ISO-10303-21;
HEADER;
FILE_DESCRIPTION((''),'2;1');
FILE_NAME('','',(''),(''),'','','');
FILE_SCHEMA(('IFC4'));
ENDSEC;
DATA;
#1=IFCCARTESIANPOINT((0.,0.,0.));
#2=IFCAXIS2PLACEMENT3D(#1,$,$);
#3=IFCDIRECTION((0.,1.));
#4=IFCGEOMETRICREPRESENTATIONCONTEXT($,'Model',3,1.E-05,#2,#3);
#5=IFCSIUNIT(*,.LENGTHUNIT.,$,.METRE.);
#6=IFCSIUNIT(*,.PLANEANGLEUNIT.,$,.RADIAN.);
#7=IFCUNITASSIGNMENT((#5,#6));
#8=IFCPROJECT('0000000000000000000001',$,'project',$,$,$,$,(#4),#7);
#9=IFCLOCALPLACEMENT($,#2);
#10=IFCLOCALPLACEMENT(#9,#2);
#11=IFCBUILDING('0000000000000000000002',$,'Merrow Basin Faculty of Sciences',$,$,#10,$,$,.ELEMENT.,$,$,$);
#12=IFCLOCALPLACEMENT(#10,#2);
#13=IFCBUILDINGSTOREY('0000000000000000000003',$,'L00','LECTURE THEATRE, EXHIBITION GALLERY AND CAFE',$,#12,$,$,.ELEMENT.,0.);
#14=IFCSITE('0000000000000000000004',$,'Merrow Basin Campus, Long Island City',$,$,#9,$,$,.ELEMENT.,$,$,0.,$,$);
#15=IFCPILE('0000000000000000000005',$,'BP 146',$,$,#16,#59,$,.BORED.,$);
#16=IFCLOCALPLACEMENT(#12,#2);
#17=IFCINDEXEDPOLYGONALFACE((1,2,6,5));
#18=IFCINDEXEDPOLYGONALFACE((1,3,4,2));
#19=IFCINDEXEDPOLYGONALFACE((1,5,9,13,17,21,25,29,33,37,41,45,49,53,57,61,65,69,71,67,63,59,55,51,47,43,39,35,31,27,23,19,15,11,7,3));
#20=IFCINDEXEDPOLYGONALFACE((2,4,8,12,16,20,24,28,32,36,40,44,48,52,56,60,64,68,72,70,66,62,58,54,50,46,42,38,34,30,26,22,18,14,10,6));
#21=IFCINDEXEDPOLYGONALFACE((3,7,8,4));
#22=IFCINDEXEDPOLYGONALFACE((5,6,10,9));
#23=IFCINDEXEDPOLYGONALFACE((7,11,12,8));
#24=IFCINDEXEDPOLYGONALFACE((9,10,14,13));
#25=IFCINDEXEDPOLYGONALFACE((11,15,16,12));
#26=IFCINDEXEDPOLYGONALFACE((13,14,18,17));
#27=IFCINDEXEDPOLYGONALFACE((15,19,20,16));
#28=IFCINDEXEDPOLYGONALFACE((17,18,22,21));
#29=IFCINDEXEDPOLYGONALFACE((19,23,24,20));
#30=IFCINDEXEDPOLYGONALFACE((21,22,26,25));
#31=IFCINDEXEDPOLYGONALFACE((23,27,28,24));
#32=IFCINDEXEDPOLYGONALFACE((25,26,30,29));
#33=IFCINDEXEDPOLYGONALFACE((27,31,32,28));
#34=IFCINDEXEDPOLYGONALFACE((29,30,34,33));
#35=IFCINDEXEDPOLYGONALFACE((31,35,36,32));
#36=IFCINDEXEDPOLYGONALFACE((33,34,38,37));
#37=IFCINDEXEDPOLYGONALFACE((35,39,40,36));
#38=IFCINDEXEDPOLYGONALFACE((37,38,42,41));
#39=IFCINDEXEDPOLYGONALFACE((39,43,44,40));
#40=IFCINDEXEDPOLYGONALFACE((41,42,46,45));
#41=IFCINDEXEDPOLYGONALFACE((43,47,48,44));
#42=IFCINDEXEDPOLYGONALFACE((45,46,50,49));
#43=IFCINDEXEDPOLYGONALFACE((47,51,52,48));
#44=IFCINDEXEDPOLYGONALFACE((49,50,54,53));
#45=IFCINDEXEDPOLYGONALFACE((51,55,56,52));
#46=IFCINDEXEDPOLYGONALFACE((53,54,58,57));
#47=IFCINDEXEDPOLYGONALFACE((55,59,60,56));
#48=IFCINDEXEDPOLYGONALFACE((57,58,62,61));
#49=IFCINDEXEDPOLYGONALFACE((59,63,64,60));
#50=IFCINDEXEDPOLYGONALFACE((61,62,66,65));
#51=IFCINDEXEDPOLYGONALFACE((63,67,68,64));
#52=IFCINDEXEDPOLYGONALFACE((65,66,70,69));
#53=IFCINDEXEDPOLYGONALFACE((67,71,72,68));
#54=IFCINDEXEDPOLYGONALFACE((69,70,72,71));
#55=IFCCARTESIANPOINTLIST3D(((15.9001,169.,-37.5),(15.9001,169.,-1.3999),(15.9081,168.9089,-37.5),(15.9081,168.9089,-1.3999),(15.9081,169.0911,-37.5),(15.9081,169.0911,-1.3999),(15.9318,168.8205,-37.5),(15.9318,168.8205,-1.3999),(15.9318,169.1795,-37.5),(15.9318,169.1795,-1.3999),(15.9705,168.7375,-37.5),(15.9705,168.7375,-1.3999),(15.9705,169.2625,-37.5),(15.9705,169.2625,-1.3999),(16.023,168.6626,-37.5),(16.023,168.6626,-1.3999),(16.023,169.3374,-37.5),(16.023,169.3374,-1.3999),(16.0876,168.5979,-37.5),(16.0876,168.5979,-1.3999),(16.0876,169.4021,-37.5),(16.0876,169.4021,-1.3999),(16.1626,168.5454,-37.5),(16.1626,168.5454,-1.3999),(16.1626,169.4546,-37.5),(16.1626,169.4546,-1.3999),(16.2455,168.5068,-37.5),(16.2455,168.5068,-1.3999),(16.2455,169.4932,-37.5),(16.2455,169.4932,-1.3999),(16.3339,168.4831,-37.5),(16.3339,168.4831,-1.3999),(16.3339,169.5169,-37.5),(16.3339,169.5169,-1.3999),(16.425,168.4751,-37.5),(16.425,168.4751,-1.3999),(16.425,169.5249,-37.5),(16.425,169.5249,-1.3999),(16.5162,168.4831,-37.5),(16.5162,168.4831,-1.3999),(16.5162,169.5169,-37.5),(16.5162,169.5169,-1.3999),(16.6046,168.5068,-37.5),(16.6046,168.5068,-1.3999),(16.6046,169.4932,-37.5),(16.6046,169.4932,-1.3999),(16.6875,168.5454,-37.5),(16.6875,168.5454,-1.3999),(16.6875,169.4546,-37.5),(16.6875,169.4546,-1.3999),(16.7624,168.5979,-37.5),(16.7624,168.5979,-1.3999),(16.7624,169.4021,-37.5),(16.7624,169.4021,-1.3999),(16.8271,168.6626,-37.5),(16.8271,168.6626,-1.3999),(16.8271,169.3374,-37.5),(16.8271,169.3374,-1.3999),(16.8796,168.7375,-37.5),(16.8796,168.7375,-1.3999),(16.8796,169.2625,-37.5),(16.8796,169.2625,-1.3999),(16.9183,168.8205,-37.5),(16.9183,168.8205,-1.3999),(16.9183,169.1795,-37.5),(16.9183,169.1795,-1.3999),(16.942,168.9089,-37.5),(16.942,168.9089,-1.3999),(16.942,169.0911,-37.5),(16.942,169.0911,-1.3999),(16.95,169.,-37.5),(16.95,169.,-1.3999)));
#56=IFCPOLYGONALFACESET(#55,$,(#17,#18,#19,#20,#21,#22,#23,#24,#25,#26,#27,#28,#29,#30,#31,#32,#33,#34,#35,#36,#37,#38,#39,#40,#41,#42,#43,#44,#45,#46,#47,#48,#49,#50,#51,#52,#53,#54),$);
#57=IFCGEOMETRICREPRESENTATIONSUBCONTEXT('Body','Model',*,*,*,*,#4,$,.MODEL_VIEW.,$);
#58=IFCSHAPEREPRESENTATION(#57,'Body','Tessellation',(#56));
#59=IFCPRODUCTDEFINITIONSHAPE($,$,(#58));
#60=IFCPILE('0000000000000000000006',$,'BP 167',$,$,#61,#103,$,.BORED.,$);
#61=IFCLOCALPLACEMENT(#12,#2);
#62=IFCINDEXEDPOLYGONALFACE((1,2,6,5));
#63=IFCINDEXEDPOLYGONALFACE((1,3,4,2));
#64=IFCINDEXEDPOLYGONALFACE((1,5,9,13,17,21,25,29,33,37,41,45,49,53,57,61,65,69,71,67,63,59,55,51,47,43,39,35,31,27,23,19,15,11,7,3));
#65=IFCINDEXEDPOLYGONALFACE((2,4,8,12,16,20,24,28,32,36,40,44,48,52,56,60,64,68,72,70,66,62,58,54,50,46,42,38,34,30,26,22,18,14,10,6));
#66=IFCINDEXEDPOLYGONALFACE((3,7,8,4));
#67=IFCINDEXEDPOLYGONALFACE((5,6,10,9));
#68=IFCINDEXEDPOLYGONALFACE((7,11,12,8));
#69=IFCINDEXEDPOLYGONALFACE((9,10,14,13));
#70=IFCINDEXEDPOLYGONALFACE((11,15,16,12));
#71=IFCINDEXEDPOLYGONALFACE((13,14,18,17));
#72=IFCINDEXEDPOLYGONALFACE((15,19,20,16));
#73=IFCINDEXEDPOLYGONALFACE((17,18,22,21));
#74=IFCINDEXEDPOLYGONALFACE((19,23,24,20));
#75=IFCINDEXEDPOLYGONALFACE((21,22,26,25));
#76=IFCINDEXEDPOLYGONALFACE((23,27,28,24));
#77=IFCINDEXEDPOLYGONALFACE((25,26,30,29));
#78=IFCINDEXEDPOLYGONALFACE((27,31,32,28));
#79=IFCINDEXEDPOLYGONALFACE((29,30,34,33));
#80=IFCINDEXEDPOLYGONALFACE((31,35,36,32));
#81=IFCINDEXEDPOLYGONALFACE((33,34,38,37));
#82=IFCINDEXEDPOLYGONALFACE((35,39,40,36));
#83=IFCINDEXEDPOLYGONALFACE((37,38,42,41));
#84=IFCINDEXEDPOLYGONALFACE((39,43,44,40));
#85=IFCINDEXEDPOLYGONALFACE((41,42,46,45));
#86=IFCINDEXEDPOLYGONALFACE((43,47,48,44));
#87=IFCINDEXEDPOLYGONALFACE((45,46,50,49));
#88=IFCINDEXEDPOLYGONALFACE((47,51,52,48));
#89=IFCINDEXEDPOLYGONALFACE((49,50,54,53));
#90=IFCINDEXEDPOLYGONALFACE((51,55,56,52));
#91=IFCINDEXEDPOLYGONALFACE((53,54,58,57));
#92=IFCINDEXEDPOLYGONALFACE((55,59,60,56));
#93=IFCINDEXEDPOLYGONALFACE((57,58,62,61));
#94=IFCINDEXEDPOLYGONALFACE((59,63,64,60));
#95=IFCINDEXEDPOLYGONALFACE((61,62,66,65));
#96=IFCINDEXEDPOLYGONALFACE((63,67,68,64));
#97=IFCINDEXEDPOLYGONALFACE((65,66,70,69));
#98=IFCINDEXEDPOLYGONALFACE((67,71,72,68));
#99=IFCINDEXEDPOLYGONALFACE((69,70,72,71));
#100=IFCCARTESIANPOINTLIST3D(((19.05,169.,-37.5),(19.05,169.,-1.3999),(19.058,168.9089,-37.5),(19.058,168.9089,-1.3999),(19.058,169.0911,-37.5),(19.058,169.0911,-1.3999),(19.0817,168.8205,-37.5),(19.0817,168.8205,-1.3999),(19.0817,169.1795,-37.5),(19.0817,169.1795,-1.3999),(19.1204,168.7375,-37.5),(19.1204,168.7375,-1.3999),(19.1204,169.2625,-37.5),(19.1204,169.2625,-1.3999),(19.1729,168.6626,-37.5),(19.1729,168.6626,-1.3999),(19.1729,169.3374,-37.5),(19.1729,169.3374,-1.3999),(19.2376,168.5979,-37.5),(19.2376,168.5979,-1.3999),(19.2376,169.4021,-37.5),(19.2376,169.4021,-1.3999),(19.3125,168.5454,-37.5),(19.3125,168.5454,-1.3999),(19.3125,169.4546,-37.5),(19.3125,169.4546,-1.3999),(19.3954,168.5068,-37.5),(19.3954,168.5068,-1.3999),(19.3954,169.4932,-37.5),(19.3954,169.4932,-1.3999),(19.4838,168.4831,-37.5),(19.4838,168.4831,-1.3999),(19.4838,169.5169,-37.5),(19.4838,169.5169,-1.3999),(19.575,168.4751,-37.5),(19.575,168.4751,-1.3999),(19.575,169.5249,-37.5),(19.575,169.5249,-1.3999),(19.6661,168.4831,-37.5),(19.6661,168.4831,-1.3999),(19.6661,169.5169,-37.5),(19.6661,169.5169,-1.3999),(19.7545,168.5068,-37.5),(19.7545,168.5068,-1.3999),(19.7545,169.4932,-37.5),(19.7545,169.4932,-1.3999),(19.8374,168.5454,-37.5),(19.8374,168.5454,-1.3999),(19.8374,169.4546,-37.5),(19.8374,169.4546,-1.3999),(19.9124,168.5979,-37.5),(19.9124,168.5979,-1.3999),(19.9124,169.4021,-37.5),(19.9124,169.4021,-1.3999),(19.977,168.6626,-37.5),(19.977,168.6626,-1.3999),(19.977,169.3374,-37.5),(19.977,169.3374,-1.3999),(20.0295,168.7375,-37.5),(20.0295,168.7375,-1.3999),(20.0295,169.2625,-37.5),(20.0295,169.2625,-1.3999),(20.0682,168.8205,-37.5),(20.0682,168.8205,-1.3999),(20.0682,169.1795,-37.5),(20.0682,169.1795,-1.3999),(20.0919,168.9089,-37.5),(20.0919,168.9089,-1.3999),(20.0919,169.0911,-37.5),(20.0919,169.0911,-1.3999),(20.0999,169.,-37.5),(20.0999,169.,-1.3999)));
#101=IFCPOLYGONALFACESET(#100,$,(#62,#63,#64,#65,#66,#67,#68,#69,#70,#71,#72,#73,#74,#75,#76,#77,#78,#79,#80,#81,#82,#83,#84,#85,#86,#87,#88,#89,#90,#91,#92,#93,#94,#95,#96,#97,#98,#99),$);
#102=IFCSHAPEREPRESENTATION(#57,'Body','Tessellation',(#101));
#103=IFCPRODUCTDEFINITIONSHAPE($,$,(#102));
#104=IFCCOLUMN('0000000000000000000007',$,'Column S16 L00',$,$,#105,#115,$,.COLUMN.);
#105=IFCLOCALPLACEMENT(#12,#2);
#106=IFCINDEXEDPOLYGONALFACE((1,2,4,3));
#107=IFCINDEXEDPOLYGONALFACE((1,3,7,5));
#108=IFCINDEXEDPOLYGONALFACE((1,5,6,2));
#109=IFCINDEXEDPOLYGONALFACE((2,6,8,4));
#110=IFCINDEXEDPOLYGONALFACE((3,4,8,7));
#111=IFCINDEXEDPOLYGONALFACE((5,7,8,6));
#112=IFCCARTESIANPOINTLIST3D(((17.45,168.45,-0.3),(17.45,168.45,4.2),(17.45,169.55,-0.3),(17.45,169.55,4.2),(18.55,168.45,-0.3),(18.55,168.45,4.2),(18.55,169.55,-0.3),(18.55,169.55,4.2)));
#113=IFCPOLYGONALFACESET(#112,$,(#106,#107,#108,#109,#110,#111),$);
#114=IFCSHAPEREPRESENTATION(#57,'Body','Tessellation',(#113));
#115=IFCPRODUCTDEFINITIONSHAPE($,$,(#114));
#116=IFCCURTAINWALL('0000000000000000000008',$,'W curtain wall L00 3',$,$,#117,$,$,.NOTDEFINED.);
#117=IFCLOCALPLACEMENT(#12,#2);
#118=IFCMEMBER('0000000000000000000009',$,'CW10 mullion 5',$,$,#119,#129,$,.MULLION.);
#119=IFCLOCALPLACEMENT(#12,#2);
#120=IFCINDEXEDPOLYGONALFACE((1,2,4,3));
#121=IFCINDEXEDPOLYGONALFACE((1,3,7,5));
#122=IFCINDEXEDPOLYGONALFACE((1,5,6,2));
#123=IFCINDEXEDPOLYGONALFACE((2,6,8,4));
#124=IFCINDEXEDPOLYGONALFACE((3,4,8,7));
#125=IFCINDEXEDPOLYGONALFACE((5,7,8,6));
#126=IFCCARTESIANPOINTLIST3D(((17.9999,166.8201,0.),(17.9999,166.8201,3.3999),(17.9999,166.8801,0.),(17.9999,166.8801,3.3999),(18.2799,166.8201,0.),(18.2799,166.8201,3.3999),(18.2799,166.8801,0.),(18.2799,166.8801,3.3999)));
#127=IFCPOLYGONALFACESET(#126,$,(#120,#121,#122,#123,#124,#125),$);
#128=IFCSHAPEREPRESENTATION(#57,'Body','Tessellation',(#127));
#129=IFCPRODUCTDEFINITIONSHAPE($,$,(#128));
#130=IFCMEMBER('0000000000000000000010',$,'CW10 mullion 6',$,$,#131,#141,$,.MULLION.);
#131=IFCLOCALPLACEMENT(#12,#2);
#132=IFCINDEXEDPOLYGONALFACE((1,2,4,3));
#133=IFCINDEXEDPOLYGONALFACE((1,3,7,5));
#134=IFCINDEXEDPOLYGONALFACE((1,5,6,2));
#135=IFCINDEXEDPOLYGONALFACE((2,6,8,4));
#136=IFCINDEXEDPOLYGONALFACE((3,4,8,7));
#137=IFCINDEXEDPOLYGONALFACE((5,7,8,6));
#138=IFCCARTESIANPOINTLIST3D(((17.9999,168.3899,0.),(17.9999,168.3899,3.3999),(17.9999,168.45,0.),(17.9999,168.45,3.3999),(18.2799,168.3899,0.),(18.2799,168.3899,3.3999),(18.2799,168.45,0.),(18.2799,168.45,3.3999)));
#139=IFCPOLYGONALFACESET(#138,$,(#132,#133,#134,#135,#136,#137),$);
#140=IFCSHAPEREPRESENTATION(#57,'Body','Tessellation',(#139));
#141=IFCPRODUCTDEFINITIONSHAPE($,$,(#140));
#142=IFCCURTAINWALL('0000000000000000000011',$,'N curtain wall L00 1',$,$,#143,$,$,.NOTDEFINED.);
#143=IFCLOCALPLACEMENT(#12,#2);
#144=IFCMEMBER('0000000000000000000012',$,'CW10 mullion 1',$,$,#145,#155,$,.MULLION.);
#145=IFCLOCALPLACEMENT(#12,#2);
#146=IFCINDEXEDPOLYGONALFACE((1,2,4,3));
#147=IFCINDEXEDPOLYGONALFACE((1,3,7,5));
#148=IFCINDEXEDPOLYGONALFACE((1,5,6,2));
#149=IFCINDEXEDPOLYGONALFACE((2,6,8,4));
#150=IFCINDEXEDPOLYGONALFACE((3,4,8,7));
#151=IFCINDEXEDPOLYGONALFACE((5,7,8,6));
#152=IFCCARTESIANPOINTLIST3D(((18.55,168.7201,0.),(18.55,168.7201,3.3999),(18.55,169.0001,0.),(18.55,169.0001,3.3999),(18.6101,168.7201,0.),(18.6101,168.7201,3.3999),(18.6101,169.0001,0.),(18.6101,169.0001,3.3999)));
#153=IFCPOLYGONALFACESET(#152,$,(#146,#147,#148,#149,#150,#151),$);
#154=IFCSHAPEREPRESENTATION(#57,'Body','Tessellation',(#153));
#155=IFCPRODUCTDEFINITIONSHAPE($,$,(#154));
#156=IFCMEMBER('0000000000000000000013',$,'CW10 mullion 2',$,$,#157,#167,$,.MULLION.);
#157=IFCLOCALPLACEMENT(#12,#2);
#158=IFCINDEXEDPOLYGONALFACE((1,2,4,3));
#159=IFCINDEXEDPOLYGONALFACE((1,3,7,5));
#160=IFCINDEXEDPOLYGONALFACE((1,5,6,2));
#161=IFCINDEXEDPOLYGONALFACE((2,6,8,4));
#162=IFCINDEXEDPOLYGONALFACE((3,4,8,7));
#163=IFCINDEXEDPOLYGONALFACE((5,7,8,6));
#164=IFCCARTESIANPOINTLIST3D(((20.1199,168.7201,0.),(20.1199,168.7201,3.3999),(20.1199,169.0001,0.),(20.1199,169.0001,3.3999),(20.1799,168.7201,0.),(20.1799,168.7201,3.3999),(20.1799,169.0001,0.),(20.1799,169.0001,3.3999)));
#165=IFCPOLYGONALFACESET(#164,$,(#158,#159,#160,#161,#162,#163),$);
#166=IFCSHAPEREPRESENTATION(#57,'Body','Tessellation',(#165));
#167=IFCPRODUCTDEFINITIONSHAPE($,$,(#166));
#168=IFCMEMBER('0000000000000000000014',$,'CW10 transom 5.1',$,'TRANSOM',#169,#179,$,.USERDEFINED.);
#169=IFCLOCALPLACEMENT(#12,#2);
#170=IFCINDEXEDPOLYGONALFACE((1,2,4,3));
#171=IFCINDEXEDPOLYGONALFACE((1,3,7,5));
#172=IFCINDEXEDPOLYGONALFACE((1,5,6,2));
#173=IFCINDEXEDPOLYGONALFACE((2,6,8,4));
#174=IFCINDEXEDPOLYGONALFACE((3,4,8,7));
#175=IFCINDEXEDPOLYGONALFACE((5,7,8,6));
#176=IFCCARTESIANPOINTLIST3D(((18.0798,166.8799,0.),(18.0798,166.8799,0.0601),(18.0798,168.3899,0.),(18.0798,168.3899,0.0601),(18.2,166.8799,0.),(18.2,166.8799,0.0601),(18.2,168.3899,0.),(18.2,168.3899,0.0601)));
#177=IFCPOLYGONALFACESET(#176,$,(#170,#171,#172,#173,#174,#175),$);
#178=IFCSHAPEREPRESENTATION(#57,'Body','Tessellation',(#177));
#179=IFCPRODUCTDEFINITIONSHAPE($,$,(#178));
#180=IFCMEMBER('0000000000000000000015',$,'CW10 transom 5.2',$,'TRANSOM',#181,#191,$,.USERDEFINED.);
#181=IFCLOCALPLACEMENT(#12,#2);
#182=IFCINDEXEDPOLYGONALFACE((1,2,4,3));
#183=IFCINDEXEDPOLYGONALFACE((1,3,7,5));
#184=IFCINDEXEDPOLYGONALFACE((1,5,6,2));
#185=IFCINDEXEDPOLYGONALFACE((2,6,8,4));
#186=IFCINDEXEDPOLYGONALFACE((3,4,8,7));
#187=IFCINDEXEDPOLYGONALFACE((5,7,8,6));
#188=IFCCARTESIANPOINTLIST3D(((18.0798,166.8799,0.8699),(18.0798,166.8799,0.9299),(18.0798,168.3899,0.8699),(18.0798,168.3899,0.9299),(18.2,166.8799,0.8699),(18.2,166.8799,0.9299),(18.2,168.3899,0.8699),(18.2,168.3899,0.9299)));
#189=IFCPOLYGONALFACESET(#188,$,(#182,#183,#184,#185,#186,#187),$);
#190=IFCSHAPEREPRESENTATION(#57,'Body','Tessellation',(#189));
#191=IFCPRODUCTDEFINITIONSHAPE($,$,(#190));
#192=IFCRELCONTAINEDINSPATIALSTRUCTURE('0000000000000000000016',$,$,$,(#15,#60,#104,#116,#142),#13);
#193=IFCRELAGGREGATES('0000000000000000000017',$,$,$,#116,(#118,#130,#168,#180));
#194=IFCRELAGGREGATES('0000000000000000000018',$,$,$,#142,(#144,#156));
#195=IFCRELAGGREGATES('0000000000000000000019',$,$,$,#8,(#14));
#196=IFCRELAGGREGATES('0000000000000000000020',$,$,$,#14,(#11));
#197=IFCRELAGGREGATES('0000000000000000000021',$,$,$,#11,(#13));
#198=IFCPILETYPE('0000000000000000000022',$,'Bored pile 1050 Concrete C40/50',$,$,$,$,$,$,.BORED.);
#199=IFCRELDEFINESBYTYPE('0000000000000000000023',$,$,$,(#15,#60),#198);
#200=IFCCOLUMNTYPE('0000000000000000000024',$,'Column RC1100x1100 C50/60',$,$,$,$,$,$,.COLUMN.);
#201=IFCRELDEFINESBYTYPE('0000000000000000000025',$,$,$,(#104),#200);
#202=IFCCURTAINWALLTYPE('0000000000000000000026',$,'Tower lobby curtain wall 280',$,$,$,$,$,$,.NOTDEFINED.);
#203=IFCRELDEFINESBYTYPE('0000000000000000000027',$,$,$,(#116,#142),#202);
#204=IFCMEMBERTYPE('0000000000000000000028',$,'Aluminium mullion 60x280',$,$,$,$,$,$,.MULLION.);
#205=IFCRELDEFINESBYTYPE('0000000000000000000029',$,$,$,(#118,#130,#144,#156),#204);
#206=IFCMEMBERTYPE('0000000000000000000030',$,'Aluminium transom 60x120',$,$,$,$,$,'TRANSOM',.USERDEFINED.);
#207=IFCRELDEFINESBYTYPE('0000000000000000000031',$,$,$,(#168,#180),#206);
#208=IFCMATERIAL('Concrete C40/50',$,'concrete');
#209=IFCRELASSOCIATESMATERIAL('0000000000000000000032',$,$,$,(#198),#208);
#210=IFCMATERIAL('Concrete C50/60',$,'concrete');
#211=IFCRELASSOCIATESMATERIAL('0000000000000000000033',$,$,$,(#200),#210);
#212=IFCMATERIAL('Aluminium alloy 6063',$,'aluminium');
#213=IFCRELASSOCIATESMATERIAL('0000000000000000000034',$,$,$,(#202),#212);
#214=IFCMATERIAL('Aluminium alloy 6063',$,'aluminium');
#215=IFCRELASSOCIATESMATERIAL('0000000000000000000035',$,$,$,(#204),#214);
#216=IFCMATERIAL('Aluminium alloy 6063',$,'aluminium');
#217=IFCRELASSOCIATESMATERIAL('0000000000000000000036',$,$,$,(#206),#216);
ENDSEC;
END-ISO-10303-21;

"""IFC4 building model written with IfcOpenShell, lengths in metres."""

from ifc_helpers import new_model, si_unit, direction, frame, origin, origin_2d, place, context, subcontext, project, spatial, rectangle, circle, extrude, material, material_profile, profile_set, type_object, element, aggregate, save


model = new_model("IFC4")

# Units and contexts
model_context = context("Model", 3, precision=1e-05, world=origin(), true_north=direction((0.0, 1.0)))
body_context = subcontext(model_context, "Body", "Model", "MODEL_VIEW")
ifc_project = project(units=[si_unit("LENGTHUNIT", "METRE"), si_unit("PLANEANGLEUNIT", "RADIAN")], contexts=[model_context])

# Site, building, storey
site_placement = place(None, origin())
site = spatial("IfcSite", under=ifc_project, at=site_placement, Name="Merrow Basin Campus, Long Island City", CompositionType="ELEMENT", RefElevation=0.0)
building_placement = place(site_placement, origin())
building = spatial("IfcBuilding", under=site, at=building_placement, Name="Merrow Basin Faculty of Sciences", CompositionType="ELEMENT")
storey_placement = place(building_placement, origin())
storey = spatial("IfcBuildingStorey", under=building, at=storey_placement, Name="L00", Description="LECTURE THEATRE, EXHIBITION GALLERY AND CAFE", CompositionType="ELEMENT", Elevation=0.0)

# Piles
ifc_material_1 = material(Name="Concrete C40/50", Category="concrete")
ifc_material_profile_1 = material_profile(ifc_material_1, circle(Radius=0.5249, at=origin_2d()))
ifc_profile_set_1 = profile_set([ifc_material_profile_1], Name="Concrete C40/50")
pile_type = type_object("IfcPileType", Name="Bored pile 1050 Concrete C40/50", PredefinedType="BORED", material=ifc_profile_set_1)
for number, where, z_axis, x_axis, name in (
    (1, (16.425, 169.0, -1.3999), (0.0, 0.0, -1.0), (1.0, 0.0, 0.0), "BP 146"),
    (2, (19.575, 169.0, -1.3999), (0.0, 0.0, -1.0), (1.0, 0.0, 0.0), "BP 167"),
):
    element("IfcPile", number, at=place(storey_placement, frame(where, z_axis=z_axis, x_axis=x_axis)), inside=storey, type_object=pile_type, Name=name, PredefinedType="BORED", context=body_context, shape_type="SweptSolid", body=[
        extrude(circle(Radius=0.5249, at=origin_2d()), origin(), (0.0, 0.0, 1.0), 36.1001),
    ])

# Column
ifc_material_2 = material(Name="Concrete C50/60", Category="concrete")
ifc_material_profile_2 = material_profile(ifc_material_2, rectangle(XDim=1.1001, YDim=1.1001, at=origin_2d()))
ifc_profile_set_2 = profile_set([ifc_material_profile_2], Name="Concrete C50/60")
column_type = type_object("IfcColumnType", Name="Column RC1100x1100 C50/60", PredefinedType="COLUMN", material=ifc_profile_set_2)
column_placement = place(storey_placement, frame((18.0, 169.0, -0.3), z_axis=(0.0, 0.0, 1.0), x_axis=(1.0, 0.0, 0.0)))
element("IfcColumn", 3, at=column_placement, inside=storey, type_object=column_type, Name="Column S16 L00", PredefinedType="COLUMN", context=body_context, shape_type="SweptSolid", body=[
    extrude(rectangle(XDim=1.1001, YDim=1.1001, at=origin_2d()), origin(), (0.0, 0.0, 1.0), 4.5),
])

# Curtain walls, members
ifc_material_3 = material(Name="Aluminium alloy 6063", Category="aluminium")
curtain_wall_type = type_object("IfcCurtainWallType", Name="Tower lobby curtain wall 280", PredefinedType="NOTDEFINED", material=ifc_material_3)
curtain_wall_1_placement = place(storey_placement, origin())
curtain_wall_1 = element("IfcCurtainWall", 4, at=curtain_wall_1_placement, inside=storey, type_object=curtain_wall_type, Name="W curtain wall L00 3", PredefinedType="NOTDEFINED")
ifc_material_4 = material(Name="Aluminium alloy 6063", Category="aluminium")
ifc_material_profile_3 = material_profile(ifc_material_4, rectangle(XDim=0.28, YDim=0.0601, at=origin_2d()))
ifc_profile_set_3 = profile_set([ifc_material_profile_3], Name="Aluminium alloy 6063")
member_type_1 = type_object("IfcMemberType", Name="Aluminium mullion 60x280", PredefinedType="MULLION", material=ifc_profile_set_3)
member_1_placement = place(storey_placement, frame((18.1399, 166.8501, 0.0), z_axis=(0.0, 0.0, 1.0), x_axis=(-1.0, 0.0, 0.0)))
member_1 = element("IfcMember", 5, at=member_1_placement, type_object=member_type_1, Name="CW10 mullion 5", PredefinedType="MULLION", context=body_context, shape_type="SweptSolid", body=[
    extrude(rectangle(XDim=0.28, YDim=0.0601, at=origin_2d()), origin(), (0.0, 0.0, 1.0), 3.3999),
])
member_2_placement = place(storey_placement, frame((18.1399, 168.4199, 0.0), z_axis=(0.0, 0.0, 1.0), x_axis=(-1.0, 0.0, 0.0)))
member_2 = element("IfcMember", 6, at=member_2_placement, type_object=member_type_1, Name="CW10 mullion 6", PredefinedType="MULLION", context=body_context, shape_type="SweptSolid", body=[
    extrude(rectangle(XDim=0.28, YDim=0.0601, at=origin_2d()), origin(), (0.0, 0.0, 1.0), 3.3999),
])
curtain_wall_2_placement = place(storey_placement, origin())
curtain_wall_2 = element("IfcCurtainWall", 7, at=curtain_wall_2_placement, inside=storey, type_object=curtain_wall_type, Name="N curtain wall L00 1", PredefinedType="NOTDEFINED")
member_3_placement = place(storey_placement, frame((18.5801, 168.8601, 0.0), z_axis=(0.0, 0.0, 1.0), x_axis=(0.0, 1.0, 0.0)))
member_3 = element("IfcMember", 8, at=member_3_placement, type_object=member_type_1, Name="CW10 mullion 1", PredefinedType="MULLION", context=body_context, shape_type="SweptSolid", body=[
    extrude(rectangle(XDim=0.28, YDim=0.0601, at=origin_2d()), origin(), (0.0, 0.0, 1.0), 3.3999),
])
member_4_placement = place(storey_placement, frame((20.1499, 168.8601, 0.0), z_axis=(0.0, 0.0, 1.0), x_axis=(0.0, 1.0, 0.0)))
member_4 = element("IfcMember", 9, at=member_4_placement, type_object=member_type_1, Name="CW10 mullion 2", PredefinedType="MULLION", context=body_context, shape_type="SweptSolid", body=[
    extrude(rectangle(XDim=0.28, YDim=0.0601, at=origin_2d()), origin(), (0.0, 0.0, 1.0), 3.3999),
])

# Members
ifc_material_5 = material(Name="Aluminium alloy 6063", Category="aluminium")
ifc_material_profile_4 = material_profile(ifc_material_5, rectangle(XDim=0.1201, YDim=0.0601, at=origin_2d()))
ifc_profile_set_4 = profile_set([ifc_material_profile_4], Name="Aluminium alloy 6063")
member_type_2 = type_object("IfcMemberType", Name="Aluminium transom 60x120", ElementType="TRANSOM", PredefinedType="USERDEFINED", material=ifc_profile_set_4)
member_5_placement = place(storey_placement, frame((18.1399, 166.8799, 0.03), z_axis=(0.0, 1.0, 0.0), x_axis=(-1.0, 0.0, 0.0)))
member_5 = element("IfcMember", 10, at=member_5_placement, type_object=member_type_2, Name="CW10 transom 5.1", ObjectType="TRANSOM", PredefinedType="USERDEFINED", context=body_context, shape_type="SweptSolid", body=[
    extrude(rectangle(XDim=0.1201, YDim=0.0601, at=origin_2d()), origin(), (0.0, 0.0, 1.0), 1.51),
])
member_6_placement = place(storey_placement, frame((18.1399, 166.8799, 0.8999), z_axis=(0.0, 1.0, 0.0), x_axis=(-1.0, 0.0, 0.0)))
member_6 = element("IfcMember", 11, at=member_6_placement, type_object=member_type_2, Name="CW10 transom 5.2", ObjectType="TRANSOM", PredefinedType="USERDEFINED", context=body_context, shape_type="SweptSolid", body=[
    extrude(rectangle(XDim=0.1201, YDim=0.0601, at=origin_2d()), origin(), (0.0, 0.0, 1.0), 1.51),
])

aggregate(curtain_wall_1, [member_1, member_2, member_5, member_6])
aggregate(curtain_wall_2, [member_3, member_4])

save(model, "model.ifc")
